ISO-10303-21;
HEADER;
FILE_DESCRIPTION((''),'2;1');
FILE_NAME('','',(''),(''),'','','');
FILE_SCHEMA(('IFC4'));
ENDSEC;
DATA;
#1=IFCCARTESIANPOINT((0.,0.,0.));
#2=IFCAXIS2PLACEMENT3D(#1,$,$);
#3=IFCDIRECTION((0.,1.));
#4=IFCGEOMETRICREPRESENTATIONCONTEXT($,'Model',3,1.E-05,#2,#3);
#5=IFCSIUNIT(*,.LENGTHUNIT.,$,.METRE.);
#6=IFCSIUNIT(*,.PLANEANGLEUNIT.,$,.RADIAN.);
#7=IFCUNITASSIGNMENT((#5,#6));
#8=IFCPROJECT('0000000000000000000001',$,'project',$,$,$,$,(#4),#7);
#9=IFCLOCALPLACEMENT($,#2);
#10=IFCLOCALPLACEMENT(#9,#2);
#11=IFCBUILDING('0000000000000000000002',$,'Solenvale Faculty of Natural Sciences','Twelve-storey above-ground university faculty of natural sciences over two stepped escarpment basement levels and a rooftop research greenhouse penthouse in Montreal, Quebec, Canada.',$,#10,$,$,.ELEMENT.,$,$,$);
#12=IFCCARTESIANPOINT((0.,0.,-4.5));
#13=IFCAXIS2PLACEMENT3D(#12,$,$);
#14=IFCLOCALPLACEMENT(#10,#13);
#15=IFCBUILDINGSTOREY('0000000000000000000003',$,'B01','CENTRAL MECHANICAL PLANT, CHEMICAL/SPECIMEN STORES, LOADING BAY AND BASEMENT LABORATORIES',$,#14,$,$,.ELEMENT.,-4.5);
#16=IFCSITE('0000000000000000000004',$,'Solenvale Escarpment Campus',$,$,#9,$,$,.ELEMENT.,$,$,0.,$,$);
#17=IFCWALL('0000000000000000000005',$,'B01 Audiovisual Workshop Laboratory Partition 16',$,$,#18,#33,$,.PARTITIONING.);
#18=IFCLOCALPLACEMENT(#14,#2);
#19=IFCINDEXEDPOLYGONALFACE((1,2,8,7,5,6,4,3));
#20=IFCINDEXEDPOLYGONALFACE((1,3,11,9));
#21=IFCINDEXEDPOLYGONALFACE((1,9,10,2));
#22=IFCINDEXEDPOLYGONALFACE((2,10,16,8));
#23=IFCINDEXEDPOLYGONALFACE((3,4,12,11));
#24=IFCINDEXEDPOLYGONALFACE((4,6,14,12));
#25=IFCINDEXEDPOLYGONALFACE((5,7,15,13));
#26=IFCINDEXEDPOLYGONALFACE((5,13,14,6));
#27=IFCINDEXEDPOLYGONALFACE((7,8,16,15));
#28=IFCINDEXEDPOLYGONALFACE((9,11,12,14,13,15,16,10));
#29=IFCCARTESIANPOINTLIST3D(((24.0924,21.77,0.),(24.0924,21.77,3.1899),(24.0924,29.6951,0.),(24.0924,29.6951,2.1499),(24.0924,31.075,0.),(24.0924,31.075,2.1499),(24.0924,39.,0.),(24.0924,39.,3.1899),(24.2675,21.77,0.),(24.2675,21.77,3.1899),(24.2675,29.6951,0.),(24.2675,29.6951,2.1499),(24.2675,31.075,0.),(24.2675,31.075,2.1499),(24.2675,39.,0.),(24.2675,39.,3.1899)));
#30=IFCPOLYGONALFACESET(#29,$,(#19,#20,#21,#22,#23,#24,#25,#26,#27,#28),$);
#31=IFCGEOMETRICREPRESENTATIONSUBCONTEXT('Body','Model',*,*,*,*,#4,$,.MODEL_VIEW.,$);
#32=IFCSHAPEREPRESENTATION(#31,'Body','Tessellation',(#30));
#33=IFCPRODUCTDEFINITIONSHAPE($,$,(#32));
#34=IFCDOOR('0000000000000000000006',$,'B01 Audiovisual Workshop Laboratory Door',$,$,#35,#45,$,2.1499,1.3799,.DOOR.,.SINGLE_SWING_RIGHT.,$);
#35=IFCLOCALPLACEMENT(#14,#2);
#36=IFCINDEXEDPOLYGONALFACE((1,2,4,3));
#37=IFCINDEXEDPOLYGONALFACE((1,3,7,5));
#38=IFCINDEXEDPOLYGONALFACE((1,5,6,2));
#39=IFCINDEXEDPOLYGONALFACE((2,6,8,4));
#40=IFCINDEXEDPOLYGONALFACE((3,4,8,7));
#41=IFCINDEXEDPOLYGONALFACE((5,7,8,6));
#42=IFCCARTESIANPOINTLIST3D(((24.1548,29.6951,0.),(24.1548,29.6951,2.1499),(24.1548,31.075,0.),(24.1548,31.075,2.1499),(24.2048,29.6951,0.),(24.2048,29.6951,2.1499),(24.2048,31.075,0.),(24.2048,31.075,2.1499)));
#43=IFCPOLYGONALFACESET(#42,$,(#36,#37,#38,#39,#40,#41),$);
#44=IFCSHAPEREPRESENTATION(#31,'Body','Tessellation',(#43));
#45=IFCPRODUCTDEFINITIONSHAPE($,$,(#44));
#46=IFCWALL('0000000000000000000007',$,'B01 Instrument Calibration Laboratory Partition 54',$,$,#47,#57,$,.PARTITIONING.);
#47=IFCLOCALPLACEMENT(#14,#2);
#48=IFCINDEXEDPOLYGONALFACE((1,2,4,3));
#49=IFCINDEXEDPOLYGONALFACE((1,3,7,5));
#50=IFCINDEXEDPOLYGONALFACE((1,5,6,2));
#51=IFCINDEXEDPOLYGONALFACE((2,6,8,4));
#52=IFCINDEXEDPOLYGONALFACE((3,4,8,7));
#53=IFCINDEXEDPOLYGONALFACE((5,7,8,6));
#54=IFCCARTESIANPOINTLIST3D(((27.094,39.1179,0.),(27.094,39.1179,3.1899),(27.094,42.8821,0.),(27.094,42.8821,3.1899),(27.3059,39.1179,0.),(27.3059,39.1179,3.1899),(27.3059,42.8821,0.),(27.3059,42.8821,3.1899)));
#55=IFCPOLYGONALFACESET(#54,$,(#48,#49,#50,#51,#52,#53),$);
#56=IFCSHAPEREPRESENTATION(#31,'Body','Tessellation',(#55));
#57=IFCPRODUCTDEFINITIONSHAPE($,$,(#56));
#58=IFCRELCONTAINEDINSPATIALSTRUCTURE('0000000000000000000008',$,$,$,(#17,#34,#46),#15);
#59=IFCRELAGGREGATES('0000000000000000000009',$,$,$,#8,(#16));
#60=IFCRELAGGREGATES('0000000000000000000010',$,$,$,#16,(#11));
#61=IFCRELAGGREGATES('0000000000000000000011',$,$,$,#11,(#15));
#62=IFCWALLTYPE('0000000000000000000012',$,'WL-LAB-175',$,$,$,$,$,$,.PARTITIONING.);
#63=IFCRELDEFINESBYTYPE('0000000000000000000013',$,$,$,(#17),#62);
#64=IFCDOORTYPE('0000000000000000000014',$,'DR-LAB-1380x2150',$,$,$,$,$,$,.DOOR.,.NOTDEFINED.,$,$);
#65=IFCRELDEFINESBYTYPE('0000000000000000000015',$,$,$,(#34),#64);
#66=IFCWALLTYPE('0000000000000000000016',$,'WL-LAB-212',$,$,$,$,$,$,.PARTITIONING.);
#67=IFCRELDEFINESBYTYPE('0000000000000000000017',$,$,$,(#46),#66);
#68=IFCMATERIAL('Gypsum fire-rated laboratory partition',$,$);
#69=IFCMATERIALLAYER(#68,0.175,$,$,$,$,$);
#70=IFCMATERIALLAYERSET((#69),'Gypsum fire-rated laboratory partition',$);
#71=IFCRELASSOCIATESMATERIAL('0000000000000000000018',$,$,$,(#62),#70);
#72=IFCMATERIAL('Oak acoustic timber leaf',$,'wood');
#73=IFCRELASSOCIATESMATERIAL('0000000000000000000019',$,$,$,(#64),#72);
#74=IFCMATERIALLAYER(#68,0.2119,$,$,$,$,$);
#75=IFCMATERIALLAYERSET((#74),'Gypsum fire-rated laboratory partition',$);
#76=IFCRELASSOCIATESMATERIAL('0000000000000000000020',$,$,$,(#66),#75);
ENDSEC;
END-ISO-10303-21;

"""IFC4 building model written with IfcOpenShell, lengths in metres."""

from ifc_helpers import new_model, si_unit, direction, frame, frame_2d, origin, place, context, subcontext, project, spatial, rectangle, extrude, material, layer, layer_set, type_object, element, fill, save


model = new_model("IFC4")

# Units and contexts
model_context = context("Model", 3, precision=1e-05, world=origin(), true_north=direction((0.0, 1.0)))
body_context = subcontext(model_context, "Body", "Model", "MODEL_VIEW")
ifc_project = project(units=[si_unit("LENGTHUNIT", "METRE"), si_unit("PLANEANGLEUNIT", "RADIAN")], contexts=[model_context])

# Site, building, storey
site_placement = place(None, origin())
site = spatial("IfcSite", under=ifc_project, at=site_placement, Name="Solenvale Escarpment Campus", CompositionType="ELEMENT", RefElevation=0.0)
building_placement = place(site_placement, origin())
building = spatial("IfcBuilding", under=site, at=building_placement, Name="Solenvale Faculty of Natural Sciences", Description="Twelve-storey above-ground university faculty of natural sciences over two stepped escarpment basement levels and a rooftop research greenhouse penthouse in Montreal, Quebec, Canada.", CompositionType="ELEMENT")
storey_placement = place(building_placement, frame((0.0, 0.0, -4.5)))
storey = spatial("IfcBuildingStorey", under=building, at=storey_placement, Name="B01", Description="CENTRAL MECHANICAL PLANT, CHEMICAL/SPECIMEN STORES, LOADING BAY AND BASEMENT LABORATORIES", CompositionType="ELEMENT", Elevation=-4.5)

# Wall, opening, door
ifc_material_1 = material(Name="Gypsum fire-rated laboratory partition")
ifc_layer_1 = layer(ifc_material_1, 0.175)
ifc_layer_set_1 = layer_set([ifc_layer_1], Name="Gypsum fire-rated laboratory partition")
wall_type_1 = type_object("IfcWallType", Name="WL-LAB-175", PredefinedType="PARTITIONING", material=ifc_layer_set_1)
wall_1_placement = place(storey_placement, frame((24.1799, 39.0, 0.0), z_axis=(0.0, 0.0, 1.0), x_axis=(0.0, -1.0, 0.0)))
wall_1 = element("IfcWall", 1, at=wall_1_placement, inside=storey, type_object=wall_type_1, Name="B01 Audiovisual Workshop Laboratory Partition 16", PredefinedType="PARTITIONING", context=body_context, shape_type="SweptSolid", body=[
    extrude(rectangle(XDim=17.23, YDim=0.175, at=frame_2d((8.615, 0.0))), origin(), (0.0, 0.0, 1.0), 3.1899),
])
opening_placement = place(wall_1_placement, frame((7.925, 0.0, 0.0)))
opening = element("IfcOpeningElement", 2, at=opening_placement, cuts=wall_1, PredefinedType="OPENING", context=body_context, shape_type="SweptSolid", body=[
    extrude(rectangle(XDim=1.3799, YDim=2.1499, at=frame_2d((0.6899, 1.075))), frame((0.0, 0.0974, 0.0), z_axis=(0.0, -1.0, 0.0), x_axis=(1.0, 0.0, 0.0)), (0.0, 0.0, 1.0), 0.1951),
])
ifc_material_2 = material(Name="Oak acoustic timber leaf", Category="wood")
door_type = type_object("IfcDoorType", Name="DR-LAB-1380x2150", OperationType="NOTDEFINED", PredefinedType="DOOR", material=ifc_material_2)
door_placement = place(opening_placement, origin())
door = element("IfcDoor", 3, at=door_placement, inside=storey, type_object=door_type, Name="B01 Audiovisual Workshop Laboratory Door", OperationType="SINGLE_SWING_RIGHT", OverallHeight=2.1499, OverallWidth=1.3799, PredefinedType="DOOR", context=body_context, shape_type="SweptSolid", body=[
    extrude(rectangle(XDim=1.3799, YDim=2.1499, at=frame_2d((0.6899, 1.075))), frame((0.0, 0.0249, 0.0), z_axis=(0.0, -1.0, 0.0), x_axis=(1.0, 0.0, 0.0)), (0.0, 0.0, 1.0), 0.05),
])
fill(opening, door)

# Wall
ifc_layer_2 = layer(ifc_material_1, 0.2119)
ifc_layer_set_2 = layer_set([ifc_layer_2], Name="Gypsum fire-rated laboratory partition")
wall_type_2 = type_object("IfcWallType", Name="WL-LAB-212", PredefinedType="PARTITIONING", material=ifc_layer_set_2)
wall_2_placement = place(storey_placement, frame((27.2, 39.1179, 0.0), z_axis=(0.0, 0.0, 1.0), x_axis=(0.0, 1.0, 0.0)))
element("IfcWall", 4, at=wall_2_placement, inside=storey, type_object=wall_type_2, Name="B01 Instrument Calibration Laboratory Partition 54", PredefinedType="PARTITIONING", context=body_context, shape_type="SweptSolid", body=[
    extrude(rectangle(XDim=3.7642, YDim=0.2119, at=frame_2d((1.8821, 0.0))), origin(), (0.0, 0.0, 1.0), 3.1899),
])

save(model, "model.ifc")
